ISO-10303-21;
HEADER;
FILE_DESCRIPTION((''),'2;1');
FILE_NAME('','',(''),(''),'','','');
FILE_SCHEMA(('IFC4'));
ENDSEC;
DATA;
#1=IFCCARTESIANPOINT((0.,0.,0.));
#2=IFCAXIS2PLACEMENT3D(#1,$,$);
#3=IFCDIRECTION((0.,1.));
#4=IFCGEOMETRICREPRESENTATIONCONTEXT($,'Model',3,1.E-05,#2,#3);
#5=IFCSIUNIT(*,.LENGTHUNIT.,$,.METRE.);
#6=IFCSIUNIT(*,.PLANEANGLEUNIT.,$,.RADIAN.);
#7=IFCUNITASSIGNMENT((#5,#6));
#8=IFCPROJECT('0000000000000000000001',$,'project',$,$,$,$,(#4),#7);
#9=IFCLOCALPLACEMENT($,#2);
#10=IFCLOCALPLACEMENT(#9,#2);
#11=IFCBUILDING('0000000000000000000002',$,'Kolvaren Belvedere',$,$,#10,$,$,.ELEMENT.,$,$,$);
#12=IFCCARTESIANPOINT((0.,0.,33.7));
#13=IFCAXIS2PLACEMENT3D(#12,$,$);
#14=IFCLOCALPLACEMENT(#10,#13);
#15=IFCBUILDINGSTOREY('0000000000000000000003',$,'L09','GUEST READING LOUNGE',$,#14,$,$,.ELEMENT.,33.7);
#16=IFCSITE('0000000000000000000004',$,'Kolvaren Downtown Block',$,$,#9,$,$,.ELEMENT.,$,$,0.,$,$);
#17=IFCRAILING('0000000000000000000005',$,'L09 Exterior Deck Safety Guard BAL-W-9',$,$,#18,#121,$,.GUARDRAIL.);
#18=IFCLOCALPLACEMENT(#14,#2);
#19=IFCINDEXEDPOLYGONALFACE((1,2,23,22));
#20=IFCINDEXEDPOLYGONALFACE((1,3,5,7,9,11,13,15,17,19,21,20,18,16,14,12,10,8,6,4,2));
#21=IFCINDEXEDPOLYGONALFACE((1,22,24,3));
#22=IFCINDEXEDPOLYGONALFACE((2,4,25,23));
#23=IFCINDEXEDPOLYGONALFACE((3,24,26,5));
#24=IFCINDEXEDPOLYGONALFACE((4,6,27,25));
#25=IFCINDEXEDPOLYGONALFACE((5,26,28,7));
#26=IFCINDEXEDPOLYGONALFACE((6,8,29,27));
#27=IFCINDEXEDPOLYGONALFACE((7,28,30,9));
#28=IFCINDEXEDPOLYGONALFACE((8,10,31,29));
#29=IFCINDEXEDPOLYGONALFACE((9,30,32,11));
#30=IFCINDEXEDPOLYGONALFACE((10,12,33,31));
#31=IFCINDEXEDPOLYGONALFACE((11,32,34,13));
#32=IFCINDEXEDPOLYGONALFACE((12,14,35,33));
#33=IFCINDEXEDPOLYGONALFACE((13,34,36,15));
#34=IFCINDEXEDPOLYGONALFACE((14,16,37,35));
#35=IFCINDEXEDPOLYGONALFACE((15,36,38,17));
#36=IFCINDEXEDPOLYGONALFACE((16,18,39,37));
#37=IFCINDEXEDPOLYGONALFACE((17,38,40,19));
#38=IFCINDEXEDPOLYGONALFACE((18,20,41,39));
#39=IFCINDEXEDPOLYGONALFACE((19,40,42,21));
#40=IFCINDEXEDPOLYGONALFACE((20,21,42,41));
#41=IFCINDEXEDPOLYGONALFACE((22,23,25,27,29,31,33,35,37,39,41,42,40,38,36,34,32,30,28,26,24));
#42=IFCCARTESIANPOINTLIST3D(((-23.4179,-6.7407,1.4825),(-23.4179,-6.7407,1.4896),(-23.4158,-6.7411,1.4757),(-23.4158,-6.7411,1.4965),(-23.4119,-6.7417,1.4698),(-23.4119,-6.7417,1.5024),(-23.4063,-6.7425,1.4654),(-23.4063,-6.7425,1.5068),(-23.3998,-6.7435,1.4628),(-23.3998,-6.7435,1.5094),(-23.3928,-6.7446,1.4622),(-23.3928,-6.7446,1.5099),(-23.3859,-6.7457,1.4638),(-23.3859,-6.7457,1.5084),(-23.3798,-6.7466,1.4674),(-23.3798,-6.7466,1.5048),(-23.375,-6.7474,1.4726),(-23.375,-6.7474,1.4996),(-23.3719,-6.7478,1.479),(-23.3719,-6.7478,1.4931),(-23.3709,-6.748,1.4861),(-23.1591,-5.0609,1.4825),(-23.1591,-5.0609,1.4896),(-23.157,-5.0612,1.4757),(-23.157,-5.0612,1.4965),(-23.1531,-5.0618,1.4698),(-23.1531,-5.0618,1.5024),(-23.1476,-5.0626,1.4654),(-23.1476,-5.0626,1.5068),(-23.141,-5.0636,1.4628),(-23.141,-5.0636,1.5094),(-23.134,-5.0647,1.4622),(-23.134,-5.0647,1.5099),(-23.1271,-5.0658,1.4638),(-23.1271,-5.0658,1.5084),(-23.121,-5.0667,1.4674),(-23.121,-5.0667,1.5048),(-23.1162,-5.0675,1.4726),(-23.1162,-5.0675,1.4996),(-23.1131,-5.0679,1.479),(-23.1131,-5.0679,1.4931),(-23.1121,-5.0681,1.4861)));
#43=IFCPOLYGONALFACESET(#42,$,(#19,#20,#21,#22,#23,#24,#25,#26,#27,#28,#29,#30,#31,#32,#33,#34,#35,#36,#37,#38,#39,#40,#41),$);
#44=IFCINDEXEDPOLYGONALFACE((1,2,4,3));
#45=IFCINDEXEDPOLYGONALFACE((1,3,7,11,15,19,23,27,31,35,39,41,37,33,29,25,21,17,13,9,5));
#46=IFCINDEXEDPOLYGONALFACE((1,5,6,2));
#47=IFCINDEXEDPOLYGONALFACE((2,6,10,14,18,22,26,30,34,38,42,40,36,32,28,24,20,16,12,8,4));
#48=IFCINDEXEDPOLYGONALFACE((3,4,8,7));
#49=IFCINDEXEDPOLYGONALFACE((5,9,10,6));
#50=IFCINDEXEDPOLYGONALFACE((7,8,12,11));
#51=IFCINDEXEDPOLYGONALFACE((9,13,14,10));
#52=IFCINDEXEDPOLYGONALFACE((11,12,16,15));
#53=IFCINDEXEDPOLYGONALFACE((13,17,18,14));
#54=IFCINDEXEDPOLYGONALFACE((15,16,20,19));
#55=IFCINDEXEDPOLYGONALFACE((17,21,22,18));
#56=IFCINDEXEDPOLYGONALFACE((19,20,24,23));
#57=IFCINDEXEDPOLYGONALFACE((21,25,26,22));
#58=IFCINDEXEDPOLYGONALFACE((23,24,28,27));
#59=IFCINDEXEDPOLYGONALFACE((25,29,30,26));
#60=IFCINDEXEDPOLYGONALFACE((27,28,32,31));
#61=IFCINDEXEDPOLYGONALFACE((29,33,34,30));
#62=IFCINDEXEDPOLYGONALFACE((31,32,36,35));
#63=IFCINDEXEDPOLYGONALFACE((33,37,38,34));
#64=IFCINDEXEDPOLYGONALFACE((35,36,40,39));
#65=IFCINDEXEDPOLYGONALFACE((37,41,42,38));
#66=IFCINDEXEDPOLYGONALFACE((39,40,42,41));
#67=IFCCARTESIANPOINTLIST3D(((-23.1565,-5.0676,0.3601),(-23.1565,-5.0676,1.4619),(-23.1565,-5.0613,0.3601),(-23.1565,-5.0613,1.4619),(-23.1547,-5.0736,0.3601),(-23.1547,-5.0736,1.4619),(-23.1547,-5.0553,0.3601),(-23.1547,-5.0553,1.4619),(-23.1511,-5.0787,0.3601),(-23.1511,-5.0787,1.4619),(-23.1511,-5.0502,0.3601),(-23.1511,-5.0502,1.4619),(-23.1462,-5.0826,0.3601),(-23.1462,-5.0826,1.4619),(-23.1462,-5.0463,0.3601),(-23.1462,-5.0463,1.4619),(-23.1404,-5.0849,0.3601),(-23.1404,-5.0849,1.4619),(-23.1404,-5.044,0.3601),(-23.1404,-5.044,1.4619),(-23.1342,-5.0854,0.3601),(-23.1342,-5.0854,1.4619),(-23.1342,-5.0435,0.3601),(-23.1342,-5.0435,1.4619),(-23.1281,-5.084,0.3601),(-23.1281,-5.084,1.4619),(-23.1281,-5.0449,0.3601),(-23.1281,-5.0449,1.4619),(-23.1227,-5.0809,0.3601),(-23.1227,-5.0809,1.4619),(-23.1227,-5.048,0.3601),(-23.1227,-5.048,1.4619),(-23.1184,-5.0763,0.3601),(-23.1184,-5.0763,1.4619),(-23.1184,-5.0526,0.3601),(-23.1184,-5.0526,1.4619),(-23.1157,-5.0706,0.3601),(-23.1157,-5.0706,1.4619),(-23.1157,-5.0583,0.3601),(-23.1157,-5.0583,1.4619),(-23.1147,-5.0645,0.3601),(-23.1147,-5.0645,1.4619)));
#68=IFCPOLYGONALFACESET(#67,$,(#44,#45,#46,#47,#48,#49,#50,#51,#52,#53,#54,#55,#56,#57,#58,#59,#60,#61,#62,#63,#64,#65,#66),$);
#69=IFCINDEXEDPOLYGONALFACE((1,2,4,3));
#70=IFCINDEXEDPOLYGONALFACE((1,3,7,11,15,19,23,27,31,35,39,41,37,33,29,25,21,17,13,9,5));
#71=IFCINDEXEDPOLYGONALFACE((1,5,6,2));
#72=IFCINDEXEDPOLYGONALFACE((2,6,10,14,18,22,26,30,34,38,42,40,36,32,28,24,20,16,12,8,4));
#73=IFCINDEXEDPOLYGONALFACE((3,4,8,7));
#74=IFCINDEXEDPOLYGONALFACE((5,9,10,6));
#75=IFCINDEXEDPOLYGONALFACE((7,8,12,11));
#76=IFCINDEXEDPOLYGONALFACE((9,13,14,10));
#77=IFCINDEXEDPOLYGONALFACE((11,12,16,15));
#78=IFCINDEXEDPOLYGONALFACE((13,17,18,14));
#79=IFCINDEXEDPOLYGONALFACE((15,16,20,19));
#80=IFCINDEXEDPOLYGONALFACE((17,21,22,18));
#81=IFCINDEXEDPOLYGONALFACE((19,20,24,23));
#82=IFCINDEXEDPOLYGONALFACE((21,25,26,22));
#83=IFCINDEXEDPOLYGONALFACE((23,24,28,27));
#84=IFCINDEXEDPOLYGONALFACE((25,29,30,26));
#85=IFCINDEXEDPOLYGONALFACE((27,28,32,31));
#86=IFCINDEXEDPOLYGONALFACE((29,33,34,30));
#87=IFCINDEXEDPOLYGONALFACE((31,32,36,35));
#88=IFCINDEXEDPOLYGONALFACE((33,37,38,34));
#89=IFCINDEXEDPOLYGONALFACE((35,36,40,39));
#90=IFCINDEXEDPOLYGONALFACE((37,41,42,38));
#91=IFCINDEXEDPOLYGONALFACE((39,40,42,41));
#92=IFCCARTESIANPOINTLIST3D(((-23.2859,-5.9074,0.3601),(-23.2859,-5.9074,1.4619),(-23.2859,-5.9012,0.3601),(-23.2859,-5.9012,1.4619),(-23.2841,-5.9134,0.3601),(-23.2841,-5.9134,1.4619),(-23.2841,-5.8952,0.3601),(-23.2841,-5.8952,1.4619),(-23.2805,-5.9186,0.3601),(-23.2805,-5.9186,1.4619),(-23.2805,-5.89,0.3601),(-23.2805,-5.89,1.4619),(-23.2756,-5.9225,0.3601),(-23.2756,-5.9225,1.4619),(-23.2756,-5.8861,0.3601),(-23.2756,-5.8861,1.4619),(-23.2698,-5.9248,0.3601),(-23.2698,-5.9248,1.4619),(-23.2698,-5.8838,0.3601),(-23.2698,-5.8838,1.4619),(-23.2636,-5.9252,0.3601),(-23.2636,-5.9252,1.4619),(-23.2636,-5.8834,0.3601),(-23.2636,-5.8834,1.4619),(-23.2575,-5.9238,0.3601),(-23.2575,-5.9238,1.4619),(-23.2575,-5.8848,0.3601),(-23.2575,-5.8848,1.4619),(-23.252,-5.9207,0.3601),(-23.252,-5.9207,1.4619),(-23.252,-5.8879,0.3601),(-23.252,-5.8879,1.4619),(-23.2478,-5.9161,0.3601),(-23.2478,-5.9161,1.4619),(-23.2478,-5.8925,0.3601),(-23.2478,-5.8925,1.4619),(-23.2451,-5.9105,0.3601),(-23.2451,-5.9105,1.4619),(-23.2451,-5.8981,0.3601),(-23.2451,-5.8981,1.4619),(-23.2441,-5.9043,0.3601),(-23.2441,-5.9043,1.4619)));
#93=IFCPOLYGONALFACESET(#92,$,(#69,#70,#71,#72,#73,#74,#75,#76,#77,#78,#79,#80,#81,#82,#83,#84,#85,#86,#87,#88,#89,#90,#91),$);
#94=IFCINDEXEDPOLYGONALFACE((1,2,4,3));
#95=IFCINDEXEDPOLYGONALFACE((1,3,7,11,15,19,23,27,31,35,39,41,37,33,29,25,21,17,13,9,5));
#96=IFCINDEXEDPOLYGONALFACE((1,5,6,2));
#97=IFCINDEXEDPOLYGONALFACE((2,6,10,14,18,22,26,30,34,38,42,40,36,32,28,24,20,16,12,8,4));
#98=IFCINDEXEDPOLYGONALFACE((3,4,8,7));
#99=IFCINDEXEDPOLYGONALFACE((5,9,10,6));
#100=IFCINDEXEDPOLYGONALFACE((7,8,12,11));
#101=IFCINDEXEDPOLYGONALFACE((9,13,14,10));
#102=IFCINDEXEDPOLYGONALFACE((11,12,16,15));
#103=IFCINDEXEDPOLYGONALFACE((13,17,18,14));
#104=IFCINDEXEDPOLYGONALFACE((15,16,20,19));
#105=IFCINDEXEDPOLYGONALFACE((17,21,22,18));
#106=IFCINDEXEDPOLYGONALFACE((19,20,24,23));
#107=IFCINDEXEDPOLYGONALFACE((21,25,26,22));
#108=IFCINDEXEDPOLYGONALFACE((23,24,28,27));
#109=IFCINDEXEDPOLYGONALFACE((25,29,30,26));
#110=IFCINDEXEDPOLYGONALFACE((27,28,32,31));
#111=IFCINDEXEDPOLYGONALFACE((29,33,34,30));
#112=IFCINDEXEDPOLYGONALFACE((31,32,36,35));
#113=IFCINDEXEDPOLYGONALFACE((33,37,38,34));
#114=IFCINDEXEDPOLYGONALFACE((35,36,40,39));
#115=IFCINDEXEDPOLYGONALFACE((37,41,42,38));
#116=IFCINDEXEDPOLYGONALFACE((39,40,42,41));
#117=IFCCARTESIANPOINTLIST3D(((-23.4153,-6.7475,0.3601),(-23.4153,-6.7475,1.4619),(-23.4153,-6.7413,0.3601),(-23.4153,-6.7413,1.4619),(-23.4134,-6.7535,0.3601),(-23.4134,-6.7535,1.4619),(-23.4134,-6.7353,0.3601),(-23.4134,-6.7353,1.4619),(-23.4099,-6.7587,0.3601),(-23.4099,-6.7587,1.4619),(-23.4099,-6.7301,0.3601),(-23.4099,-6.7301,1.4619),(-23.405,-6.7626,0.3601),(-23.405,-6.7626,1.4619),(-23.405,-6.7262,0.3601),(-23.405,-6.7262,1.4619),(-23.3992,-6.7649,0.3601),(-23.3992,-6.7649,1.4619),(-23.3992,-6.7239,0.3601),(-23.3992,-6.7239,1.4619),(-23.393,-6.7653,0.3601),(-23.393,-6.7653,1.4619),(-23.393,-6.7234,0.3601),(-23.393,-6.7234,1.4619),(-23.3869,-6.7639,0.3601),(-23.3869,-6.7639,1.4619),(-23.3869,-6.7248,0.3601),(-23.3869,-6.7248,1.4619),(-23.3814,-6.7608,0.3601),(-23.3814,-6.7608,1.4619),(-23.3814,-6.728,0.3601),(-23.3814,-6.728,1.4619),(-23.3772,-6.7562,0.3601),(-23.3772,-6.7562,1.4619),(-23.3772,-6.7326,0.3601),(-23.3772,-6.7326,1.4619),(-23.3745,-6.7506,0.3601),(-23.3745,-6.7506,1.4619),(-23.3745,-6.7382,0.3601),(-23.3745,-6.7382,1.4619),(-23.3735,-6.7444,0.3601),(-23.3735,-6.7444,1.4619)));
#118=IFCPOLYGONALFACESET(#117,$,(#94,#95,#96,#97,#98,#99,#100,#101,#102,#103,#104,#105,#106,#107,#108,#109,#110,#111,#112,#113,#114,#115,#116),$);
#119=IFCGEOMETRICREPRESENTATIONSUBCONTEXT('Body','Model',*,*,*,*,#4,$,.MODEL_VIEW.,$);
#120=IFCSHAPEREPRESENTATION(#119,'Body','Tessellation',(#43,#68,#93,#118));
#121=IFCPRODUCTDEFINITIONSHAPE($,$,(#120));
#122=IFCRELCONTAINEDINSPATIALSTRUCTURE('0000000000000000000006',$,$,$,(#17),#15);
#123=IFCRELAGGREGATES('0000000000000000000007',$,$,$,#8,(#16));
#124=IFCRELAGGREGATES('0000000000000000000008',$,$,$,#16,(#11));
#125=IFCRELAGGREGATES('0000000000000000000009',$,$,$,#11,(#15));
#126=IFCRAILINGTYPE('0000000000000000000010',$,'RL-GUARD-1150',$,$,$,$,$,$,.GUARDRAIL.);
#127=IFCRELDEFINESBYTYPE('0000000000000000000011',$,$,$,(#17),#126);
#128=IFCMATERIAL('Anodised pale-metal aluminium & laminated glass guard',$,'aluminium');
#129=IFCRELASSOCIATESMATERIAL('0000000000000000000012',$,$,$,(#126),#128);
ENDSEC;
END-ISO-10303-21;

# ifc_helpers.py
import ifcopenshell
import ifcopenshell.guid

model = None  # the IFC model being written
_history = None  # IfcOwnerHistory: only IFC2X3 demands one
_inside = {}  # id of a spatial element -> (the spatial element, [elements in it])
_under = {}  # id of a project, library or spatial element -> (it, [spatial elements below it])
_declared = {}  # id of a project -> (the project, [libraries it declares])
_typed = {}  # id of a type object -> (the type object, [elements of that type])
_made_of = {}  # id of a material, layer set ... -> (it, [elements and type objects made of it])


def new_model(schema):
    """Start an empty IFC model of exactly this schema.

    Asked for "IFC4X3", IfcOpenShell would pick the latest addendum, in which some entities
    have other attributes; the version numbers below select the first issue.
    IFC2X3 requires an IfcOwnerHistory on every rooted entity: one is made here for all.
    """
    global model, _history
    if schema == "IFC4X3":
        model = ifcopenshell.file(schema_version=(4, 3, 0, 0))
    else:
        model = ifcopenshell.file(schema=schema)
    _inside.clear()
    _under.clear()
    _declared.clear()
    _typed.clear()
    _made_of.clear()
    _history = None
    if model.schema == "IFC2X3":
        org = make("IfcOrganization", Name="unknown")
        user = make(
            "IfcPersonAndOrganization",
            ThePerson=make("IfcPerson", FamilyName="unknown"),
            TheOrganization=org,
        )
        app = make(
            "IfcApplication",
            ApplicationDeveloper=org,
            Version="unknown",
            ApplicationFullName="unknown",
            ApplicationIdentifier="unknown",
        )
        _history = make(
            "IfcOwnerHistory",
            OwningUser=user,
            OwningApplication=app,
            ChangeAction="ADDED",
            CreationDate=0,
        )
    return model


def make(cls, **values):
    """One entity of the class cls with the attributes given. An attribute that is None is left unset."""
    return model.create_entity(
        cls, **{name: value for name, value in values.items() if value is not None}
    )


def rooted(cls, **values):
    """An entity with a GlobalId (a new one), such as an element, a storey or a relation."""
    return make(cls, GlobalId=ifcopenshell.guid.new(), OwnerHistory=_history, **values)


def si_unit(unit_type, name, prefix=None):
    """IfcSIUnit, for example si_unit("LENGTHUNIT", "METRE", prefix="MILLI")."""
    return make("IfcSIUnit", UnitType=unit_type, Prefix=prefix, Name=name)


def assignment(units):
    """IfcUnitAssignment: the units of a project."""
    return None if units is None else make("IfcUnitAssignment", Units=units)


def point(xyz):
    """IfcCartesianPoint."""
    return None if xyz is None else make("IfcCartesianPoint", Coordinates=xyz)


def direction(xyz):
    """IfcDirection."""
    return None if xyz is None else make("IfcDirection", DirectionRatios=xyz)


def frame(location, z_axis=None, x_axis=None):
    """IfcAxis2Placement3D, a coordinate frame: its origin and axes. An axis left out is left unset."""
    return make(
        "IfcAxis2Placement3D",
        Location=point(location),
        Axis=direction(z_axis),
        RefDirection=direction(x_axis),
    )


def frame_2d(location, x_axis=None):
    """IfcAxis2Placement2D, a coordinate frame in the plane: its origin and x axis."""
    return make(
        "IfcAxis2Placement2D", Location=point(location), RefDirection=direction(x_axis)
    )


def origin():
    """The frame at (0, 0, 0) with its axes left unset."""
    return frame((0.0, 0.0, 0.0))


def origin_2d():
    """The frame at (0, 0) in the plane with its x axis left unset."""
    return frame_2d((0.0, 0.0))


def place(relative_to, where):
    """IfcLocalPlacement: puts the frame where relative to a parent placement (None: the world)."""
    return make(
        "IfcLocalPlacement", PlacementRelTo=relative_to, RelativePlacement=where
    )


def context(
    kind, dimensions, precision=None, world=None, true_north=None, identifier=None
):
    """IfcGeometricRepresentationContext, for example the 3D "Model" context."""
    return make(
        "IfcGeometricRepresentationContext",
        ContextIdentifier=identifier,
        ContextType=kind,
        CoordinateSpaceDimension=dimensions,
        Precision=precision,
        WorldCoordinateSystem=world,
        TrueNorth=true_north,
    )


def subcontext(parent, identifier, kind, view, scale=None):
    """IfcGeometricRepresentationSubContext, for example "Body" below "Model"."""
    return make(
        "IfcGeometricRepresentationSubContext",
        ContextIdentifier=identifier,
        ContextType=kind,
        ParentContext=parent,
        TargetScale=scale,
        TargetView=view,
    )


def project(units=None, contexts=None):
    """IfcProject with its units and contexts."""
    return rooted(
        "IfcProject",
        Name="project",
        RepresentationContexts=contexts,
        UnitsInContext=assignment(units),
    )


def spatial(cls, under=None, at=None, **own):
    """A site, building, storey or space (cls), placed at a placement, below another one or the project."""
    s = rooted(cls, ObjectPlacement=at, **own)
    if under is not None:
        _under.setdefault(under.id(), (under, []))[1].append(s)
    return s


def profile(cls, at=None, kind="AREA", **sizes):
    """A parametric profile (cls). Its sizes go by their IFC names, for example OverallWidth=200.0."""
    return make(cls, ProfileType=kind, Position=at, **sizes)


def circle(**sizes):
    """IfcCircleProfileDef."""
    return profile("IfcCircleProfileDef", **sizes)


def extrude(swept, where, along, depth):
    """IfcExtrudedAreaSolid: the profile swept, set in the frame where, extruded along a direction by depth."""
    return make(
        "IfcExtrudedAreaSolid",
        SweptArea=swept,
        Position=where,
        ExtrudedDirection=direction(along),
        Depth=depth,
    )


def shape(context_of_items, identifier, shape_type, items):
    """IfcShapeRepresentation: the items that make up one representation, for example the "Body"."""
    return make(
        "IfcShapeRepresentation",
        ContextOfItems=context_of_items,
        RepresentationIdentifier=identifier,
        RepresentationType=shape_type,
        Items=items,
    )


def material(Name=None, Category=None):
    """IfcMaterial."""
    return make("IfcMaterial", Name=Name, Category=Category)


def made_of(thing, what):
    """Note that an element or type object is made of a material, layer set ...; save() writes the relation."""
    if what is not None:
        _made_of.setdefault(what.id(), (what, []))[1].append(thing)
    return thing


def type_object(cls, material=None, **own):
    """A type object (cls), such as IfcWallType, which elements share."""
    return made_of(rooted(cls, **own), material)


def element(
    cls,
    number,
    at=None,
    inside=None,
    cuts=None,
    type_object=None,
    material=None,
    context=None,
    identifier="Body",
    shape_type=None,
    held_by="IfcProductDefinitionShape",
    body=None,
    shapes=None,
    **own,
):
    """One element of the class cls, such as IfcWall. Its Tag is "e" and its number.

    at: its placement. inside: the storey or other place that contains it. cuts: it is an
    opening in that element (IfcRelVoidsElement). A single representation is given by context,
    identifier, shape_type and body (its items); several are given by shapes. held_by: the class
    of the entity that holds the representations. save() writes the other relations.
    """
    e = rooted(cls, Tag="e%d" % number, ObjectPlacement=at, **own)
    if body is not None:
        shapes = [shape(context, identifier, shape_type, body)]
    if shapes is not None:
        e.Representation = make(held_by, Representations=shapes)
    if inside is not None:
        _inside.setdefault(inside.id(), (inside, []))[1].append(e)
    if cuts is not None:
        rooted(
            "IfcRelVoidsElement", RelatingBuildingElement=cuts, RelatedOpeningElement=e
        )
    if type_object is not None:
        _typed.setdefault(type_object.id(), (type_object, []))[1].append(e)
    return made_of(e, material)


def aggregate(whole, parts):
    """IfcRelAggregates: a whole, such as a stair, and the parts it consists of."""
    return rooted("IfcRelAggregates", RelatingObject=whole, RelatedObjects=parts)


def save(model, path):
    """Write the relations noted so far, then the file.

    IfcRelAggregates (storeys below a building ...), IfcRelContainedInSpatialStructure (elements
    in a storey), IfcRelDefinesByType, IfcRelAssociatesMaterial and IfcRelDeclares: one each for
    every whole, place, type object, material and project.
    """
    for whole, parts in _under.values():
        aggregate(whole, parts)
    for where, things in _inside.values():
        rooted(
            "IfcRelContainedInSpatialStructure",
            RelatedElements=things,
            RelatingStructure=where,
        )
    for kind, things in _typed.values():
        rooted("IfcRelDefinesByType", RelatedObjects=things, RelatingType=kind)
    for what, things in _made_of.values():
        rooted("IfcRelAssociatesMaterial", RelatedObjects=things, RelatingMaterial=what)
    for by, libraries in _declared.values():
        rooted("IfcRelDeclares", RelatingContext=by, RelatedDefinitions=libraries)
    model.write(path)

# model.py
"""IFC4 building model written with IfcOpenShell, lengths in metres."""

from ifc_helpers import new_model, si_unit, direction, frame, origin, origin_2d, place, context, subcontext, project, spatial, circle, extrude, material, type_object, element, save


model = new_model("IFC4")

# Units and contexts
model_context = context("Model", 3, precision=1e-05, world=origin(), true_north=direction((0.0, 1.0)))
body_context = subcontext(model_context, "Body", "Model", "MODEL_VIEW")
ifc_project = project(units=[si_unit("LENGTHUNIT", "METRE"), si_unit("PLANEANGLEUNIT", "RADIAN")], contexts=[model_context])

# Site, building, storey
site_placement = place(None, origin())
site = spatial("IfcSite", under=ifc_project, at=site_placement, Name="Kolvaren Downtown Block", CompositionType="ELEMENT", RefElevation=0.0)
building_placement = place(site_placement, origin())
building = spatial("IfcBuilding", under=site, at=building_placement, Name="Kolvaren Belvedere", CompositionType="ELEMENT")
storey_placement = place(building_placement, frame((0.0, 0.0, 33.7)))
storey = spatial("IfcBuildingStorey", under=building, at=storey_placement, Name="L09", Description="GUEST READING LOUNGE", CompositionType="ELEMENT", Elevation=33.7)

# Railing
ifc_material_1 = material(Name="Anodised pale-metal aluminium & laminated glass guard", Category="aluminium")
railing_type = type_object("IfcRailingType", Name="RL-GUARD-1150", PredefinedType="GUARDRAIL", material=ifc_material_1)
railing_1_placement = place(storey_placement, frame((-23.1357, -5.0645, 0.3601)))
element("IfcRailing", 1, at=railing_1_placement, inside=storey, type_object=railing_type, Name="L09 Exterior Deck Safety Guard BAL-W-9", PredefinedType="GUARDRAIL", context=body_context, shape_type="SweptSolid", body=[
    extrude(circle(Radius=0.0239, at=origin_2d()), frame((0.0, 0.0, 1.126), z_axis=(-0.152251, -0.988342, 0.0), x_axis=(0.988342, -0.152251, 0.0)), (0.0, 0.0, 1.0), 1.6997),
    extrude(circle(Radius=0.021, at=origin_2d()), origin(), (0.0, 0.0, 1.0), 1.1018),
    extrude(circle(Radius=0.021, at=origin_2d()), frame((-0.1294, -0.8398, 0.0)), (0.0, 0.0, 1.0), 1.1018),
    extrude(circle(Radius=0.021, at=origin_2d()), frame((-0.2588, -1.6799, 0.0)), (0.0, 0.0, 1.0), 1.1018),
])

save(model, "model.ifc")
